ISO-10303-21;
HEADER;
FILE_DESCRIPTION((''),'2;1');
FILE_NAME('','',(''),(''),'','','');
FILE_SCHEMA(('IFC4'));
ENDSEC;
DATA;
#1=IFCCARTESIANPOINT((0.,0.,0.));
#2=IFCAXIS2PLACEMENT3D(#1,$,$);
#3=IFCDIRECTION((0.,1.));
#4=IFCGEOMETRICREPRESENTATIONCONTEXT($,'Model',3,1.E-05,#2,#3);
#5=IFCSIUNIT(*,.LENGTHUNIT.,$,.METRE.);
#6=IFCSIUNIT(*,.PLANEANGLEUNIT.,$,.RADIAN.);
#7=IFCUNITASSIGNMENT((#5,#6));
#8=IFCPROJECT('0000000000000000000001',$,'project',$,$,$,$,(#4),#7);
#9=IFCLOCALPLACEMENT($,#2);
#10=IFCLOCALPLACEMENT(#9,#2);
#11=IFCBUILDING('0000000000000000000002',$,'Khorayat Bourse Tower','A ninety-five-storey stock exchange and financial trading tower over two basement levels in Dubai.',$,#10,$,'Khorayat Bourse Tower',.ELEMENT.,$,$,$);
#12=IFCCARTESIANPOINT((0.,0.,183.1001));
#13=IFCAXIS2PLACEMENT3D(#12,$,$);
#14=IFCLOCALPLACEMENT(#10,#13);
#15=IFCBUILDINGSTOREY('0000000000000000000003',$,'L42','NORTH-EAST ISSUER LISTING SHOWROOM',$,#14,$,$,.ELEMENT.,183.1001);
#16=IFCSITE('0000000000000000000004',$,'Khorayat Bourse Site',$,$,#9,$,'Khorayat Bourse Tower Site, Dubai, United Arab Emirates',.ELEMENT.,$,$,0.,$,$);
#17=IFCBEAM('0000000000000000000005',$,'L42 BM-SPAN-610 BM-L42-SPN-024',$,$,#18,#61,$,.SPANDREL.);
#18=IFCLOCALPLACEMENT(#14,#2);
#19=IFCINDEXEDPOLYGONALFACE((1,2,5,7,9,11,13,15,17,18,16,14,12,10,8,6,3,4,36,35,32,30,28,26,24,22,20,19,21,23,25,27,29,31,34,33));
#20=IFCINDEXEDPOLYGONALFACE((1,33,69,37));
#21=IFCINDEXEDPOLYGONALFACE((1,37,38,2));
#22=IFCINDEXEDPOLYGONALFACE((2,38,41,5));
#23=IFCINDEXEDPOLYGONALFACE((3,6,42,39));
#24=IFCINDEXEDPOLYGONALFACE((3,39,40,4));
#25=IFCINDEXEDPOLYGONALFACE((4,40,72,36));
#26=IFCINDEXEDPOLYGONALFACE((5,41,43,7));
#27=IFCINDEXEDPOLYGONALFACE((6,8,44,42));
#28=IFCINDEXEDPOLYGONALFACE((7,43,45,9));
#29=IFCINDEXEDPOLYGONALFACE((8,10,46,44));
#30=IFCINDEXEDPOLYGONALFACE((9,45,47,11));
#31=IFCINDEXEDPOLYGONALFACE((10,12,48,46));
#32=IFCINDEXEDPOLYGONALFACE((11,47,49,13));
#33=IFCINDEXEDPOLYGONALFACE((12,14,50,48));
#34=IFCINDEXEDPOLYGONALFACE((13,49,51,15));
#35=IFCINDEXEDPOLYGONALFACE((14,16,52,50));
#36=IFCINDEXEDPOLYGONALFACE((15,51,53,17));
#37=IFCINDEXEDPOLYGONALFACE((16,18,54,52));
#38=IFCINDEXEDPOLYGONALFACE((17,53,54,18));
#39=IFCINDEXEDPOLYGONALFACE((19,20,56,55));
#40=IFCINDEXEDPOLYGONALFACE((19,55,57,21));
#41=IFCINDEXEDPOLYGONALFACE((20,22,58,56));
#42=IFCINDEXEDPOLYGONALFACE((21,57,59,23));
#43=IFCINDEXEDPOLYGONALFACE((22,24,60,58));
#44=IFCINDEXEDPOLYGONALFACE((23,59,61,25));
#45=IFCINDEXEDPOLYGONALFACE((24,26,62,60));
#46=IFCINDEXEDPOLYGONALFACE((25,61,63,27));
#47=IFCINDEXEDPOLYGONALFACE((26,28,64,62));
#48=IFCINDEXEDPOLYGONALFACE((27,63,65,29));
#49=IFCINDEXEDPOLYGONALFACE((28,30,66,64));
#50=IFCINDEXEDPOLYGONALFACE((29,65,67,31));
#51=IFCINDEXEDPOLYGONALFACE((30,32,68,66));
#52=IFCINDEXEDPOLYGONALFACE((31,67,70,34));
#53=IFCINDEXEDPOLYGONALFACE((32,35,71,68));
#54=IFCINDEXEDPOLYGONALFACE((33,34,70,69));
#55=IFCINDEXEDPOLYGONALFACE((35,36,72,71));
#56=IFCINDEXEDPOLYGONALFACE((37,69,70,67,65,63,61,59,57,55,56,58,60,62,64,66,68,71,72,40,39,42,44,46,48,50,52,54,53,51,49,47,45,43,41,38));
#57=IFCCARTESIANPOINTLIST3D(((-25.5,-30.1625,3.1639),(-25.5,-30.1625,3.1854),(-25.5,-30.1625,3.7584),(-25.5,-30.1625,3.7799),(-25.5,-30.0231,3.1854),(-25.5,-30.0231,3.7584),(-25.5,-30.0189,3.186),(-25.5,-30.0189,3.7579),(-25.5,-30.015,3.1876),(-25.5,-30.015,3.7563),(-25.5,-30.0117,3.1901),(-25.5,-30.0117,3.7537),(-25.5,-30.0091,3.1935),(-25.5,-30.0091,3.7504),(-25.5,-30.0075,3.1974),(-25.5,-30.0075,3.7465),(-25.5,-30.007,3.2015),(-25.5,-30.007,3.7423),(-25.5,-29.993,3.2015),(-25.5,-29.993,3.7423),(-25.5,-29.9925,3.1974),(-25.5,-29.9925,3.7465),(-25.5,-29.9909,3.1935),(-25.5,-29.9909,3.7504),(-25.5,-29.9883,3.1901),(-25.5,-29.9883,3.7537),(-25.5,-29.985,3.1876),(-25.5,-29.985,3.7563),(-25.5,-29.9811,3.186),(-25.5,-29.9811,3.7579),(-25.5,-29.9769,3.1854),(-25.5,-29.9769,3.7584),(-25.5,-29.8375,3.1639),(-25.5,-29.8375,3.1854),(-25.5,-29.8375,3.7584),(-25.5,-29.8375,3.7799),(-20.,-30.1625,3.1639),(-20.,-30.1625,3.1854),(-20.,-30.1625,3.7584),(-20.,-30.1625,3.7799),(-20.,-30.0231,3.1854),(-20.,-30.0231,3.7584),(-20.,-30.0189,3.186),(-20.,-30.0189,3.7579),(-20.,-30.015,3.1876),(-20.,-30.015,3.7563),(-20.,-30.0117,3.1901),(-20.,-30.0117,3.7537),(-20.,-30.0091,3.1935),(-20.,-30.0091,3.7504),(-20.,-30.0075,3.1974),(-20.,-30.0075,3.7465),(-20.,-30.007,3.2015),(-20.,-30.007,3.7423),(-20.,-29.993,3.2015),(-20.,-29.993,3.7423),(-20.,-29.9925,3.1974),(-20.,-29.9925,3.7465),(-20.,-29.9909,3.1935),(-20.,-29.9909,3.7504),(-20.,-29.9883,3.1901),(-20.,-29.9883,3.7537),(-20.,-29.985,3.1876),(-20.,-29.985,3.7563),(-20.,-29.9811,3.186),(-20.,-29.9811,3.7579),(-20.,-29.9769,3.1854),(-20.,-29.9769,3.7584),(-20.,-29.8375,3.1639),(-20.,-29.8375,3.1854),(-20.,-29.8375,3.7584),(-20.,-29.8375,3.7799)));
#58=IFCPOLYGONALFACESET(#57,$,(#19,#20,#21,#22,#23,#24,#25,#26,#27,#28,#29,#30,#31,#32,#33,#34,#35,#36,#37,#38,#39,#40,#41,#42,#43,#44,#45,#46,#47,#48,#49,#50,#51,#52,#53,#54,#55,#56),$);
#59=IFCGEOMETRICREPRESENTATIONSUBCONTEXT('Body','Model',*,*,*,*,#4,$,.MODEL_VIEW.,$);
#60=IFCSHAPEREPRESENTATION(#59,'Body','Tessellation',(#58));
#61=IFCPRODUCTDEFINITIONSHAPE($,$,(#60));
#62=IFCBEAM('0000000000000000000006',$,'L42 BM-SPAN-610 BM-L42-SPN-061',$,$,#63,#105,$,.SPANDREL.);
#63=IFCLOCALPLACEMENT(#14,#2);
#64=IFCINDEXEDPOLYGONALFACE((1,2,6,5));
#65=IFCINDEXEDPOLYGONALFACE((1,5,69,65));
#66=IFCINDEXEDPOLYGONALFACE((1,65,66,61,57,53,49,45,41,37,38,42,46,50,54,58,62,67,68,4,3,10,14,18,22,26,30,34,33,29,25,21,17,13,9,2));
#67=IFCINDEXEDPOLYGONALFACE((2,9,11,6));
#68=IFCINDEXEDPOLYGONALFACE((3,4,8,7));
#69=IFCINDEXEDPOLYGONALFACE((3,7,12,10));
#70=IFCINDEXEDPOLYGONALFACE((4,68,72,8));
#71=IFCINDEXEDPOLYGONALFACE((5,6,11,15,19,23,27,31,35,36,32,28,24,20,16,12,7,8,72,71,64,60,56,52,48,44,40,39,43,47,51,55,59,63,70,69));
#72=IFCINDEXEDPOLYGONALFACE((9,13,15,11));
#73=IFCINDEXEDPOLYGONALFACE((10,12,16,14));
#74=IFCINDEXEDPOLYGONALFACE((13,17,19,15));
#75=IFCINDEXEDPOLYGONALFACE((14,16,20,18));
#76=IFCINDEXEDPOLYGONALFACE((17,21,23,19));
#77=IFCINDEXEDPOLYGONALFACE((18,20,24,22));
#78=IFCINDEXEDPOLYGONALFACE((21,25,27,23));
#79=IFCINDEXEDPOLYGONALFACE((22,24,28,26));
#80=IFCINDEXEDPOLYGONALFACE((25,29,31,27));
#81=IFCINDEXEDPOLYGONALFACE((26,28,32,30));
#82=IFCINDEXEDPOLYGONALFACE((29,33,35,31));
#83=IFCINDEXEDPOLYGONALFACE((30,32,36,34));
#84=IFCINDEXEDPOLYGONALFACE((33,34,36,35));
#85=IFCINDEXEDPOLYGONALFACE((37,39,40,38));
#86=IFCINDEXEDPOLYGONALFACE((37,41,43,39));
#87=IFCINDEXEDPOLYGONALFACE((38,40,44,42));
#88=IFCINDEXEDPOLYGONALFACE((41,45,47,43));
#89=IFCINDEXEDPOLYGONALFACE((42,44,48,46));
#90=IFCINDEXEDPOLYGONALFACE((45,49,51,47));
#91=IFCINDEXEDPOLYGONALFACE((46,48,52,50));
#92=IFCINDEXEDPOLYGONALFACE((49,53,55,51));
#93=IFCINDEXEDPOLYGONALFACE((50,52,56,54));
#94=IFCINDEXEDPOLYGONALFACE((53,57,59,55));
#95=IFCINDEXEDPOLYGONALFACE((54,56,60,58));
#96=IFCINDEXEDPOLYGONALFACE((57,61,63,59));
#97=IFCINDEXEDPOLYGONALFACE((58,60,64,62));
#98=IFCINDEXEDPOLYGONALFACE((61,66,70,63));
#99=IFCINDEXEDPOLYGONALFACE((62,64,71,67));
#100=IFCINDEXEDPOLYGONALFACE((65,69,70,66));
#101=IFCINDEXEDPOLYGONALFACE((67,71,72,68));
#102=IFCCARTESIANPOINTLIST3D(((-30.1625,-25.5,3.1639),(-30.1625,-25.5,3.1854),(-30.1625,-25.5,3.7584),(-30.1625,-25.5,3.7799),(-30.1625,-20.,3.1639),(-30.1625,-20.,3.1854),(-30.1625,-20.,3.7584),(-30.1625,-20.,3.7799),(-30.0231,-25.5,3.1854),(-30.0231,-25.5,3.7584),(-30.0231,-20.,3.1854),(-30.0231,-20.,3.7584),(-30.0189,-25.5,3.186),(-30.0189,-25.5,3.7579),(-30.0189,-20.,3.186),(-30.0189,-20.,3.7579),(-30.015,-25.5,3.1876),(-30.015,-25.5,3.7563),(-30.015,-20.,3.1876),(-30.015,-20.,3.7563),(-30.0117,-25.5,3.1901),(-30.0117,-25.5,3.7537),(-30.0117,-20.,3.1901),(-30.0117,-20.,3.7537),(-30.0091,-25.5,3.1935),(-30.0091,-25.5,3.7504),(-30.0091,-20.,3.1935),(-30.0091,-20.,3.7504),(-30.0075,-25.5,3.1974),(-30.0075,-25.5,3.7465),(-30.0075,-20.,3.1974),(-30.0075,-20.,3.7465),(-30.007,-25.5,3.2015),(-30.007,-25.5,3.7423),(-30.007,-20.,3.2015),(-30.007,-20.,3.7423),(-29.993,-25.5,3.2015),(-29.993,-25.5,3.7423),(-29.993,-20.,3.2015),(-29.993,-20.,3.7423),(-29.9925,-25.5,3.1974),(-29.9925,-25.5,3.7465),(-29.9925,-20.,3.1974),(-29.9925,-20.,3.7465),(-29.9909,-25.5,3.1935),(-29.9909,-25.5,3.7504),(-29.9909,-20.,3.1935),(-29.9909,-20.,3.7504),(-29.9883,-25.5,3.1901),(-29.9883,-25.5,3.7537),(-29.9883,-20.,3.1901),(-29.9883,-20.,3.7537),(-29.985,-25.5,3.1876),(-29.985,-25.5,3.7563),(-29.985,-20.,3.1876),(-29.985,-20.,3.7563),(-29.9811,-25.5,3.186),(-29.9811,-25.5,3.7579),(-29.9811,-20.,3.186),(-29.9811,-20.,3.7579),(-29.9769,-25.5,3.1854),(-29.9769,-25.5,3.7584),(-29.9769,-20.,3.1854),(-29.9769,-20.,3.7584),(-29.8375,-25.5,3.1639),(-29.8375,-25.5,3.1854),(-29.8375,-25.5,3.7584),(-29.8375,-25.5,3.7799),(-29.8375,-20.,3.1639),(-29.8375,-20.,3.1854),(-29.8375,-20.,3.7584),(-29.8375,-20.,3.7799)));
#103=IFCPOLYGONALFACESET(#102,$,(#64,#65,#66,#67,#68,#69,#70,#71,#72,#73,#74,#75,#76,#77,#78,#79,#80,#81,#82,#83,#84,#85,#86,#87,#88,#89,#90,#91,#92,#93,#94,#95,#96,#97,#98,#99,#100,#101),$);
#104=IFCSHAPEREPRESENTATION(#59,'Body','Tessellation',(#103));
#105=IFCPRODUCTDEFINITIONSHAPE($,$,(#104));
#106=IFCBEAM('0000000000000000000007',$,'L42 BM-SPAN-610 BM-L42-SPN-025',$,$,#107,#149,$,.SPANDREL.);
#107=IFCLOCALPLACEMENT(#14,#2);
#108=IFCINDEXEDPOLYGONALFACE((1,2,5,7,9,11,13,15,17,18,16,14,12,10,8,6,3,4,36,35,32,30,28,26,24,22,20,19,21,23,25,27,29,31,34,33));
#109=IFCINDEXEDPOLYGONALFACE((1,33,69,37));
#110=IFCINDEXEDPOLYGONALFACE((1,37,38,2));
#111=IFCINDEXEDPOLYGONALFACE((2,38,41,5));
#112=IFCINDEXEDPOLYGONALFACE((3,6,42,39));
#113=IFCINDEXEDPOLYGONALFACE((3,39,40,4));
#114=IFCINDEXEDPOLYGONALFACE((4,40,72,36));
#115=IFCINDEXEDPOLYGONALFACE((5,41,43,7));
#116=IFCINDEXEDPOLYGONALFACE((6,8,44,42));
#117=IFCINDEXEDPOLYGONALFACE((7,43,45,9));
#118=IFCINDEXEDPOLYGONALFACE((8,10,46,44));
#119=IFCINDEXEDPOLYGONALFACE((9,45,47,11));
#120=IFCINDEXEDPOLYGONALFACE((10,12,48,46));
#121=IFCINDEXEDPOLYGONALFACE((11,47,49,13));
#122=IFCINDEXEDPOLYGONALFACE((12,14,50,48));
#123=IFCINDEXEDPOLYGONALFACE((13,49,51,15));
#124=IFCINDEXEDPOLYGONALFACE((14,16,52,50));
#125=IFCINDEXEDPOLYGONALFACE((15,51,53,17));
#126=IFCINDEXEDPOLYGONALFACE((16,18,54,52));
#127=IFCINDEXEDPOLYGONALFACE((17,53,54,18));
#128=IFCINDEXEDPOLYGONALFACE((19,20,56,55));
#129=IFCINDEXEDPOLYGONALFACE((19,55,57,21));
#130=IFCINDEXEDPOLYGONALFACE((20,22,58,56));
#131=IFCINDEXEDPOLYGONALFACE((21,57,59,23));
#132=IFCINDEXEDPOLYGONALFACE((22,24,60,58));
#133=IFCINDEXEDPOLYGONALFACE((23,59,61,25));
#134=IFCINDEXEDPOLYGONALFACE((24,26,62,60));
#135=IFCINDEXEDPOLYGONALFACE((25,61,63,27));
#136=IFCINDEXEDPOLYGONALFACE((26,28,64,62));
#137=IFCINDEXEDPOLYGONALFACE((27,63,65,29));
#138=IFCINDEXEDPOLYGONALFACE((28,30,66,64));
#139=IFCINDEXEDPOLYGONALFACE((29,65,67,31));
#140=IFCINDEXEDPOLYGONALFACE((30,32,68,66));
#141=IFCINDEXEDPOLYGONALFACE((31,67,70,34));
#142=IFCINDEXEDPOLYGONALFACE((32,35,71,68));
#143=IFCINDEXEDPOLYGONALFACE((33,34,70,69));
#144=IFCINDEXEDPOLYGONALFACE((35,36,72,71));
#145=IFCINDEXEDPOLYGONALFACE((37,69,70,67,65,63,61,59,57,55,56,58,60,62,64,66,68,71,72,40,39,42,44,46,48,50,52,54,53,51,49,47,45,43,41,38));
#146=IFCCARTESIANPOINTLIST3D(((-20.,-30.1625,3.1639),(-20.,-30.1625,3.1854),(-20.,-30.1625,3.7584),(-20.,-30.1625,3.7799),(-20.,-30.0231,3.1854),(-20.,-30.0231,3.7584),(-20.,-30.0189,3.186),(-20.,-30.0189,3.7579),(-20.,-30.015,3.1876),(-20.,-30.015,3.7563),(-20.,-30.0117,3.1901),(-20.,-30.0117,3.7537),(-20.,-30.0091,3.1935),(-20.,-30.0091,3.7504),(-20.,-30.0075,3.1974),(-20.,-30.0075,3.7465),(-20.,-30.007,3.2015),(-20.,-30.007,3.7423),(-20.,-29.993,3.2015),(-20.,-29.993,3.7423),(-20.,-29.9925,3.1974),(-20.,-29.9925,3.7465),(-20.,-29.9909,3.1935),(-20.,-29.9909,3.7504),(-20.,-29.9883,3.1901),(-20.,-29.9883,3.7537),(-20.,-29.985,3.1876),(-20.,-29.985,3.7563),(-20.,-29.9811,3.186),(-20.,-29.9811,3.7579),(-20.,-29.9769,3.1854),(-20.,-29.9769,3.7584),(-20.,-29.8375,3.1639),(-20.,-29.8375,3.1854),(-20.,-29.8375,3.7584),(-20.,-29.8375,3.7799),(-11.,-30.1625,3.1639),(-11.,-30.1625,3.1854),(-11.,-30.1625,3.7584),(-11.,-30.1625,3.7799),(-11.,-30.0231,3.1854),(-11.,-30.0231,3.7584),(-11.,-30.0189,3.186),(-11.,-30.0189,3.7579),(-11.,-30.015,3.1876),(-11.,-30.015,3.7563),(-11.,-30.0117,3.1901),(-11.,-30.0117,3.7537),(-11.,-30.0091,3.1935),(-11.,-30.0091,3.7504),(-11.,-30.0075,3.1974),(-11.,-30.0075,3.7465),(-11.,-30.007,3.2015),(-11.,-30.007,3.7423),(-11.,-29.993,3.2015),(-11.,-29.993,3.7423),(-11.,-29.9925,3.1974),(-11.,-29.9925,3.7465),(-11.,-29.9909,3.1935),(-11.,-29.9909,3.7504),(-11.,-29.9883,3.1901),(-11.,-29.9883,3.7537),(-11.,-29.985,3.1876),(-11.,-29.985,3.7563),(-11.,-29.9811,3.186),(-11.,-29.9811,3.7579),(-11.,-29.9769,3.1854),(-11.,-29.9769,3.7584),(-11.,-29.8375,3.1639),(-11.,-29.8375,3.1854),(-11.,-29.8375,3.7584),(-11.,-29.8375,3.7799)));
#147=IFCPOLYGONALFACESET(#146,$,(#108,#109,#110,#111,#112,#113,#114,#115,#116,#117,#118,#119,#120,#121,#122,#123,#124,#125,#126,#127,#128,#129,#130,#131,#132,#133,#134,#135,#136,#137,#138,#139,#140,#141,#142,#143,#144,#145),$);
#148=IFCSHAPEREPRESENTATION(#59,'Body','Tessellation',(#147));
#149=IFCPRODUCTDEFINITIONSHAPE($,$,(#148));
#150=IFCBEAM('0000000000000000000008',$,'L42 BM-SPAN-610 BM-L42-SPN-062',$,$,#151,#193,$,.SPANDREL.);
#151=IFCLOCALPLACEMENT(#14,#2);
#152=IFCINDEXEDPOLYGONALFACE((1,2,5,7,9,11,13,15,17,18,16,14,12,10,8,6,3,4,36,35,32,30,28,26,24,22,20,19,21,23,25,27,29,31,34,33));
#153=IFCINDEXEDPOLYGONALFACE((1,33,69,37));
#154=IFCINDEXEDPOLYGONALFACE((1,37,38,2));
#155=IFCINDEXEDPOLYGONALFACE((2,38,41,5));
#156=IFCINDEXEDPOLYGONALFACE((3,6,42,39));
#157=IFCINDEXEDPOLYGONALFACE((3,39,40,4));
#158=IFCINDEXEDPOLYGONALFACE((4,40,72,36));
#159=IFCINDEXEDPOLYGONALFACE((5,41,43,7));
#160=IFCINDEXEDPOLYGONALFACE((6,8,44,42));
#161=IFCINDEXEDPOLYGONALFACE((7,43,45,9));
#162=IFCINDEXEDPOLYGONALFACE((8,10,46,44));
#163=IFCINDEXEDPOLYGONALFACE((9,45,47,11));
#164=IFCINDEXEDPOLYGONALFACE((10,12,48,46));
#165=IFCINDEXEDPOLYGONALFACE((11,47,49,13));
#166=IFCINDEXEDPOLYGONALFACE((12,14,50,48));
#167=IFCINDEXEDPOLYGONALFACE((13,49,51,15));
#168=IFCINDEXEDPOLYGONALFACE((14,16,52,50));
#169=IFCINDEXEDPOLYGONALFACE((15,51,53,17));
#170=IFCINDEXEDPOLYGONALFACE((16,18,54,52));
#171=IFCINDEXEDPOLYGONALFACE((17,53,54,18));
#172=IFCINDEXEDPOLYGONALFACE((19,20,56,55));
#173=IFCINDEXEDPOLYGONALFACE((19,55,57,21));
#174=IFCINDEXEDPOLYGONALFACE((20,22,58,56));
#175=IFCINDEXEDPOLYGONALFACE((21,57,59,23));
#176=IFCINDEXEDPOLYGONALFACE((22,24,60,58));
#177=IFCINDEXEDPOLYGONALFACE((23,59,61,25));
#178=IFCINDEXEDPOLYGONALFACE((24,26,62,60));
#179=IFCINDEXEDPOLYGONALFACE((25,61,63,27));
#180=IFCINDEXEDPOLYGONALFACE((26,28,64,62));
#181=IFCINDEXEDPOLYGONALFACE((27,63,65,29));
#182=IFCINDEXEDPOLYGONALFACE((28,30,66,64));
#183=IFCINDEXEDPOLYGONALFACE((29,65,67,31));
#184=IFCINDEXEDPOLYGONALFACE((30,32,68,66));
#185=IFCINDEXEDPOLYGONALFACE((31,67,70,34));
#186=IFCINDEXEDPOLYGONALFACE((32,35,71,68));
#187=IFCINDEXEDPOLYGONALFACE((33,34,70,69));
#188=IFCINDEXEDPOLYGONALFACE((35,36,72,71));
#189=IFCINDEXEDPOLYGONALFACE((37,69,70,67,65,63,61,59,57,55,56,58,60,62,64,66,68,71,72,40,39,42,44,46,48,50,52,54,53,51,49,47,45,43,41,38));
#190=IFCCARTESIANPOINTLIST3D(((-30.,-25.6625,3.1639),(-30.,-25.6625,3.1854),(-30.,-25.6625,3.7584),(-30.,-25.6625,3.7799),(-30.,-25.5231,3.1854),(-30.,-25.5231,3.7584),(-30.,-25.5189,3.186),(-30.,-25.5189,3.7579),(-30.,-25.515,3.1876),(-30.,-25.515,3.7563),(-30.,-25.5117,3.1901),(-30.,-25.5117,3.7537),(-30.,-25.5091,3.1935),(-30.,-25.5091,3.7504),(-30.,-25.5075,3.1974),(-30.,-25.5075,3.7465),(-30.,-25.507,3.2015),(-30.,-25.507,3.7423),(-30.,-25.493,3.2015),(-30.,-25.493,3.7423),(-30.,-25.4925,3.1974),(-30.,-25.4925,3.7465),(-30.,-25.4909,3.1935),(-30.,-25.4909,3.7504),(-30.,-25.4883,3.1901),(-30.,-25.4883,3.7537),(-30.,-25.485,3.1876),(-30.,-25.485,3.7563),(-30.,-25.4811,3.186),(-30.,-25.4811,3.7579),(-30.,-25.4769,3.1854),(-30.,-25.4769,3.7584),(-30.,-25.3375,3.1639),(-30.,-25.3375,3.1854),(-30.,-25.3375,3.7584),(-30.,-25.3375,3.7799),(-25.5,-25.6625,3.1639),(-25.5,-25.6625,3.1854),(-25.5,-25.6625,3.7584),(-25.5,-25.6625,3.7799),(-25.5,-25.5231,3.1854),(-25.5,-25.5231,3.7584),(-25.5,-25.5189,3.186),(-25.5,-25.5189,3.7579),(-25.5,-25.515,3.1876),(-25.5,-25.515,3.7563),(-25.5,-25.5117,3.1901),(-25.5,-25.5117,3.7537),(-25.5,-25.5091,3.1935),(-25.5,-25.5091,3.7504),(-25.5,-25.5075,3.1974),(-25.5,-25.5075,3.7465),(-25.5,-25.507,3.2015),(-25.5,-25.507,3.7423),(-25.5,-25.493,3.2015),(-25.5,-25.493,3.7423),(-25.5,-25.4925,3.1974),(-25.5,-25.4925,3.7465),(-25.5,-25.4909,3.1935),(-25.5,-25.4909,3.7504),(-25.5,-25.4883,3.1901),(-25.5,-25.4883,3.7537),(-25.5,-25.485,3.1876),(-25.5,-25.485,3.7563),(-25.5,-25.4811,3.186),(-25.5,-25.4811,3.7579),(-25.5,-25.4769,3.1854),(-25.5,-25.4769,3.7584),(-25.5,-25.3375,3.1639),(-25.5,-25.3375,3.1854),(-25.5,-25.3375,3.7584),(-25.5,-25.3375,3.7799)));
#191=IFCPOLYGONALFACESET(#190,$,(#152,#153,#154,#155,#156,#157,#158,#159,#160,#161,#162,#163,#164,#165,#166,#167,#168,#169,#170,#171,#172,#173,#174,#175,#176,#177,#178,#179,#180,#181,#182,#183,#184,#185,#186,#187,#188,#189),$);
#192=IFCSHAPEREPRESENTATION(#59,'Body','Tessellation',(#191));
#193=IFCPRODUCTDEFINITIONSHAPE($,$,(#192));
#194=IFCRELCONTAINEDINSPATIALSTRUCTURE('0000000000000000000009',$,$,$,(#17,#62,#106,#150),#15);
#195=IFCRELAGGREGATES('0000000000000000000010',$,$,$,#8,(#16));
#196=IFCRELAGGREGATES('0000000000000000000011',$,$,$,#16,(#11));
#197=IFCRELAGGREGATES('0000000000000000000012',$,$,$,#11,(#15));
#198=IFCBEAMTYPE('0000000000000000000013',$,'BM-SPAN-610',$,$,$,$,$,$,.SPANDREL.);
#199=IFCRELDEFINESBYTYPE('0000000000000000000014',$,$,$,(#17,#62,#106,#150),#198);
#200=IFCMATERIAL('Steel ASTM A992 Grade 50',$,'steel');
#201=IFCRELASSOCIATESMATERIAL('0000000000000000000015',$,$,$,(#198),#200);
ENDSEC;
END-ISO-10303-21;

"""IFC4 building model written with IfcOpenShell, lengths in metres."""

from ifc_helpers import new_model, si_unit, direction, frame, origin, origin_2d, place, context, subcontext, project, spatial, i_section, extrude, source, transform, mapped, material, material_profile, profile_set, type_object, element, save


model = new_model("IFC4")

# Units and contexts
model_context = context("Model", 3, precision=1e-05, world=origin(), true_north=direction((0.0, 1.0)))
body_context = subcontext(model_context, "Body", "Model", "MODEL_VIEW")
ifc_project = project(units=[si_unit("LENGTHUNIT", "METRE"), si_unit("PLANEANGLEUNIT", "RADIAN")], contexts=[model_context])

# Site, building, storey
site_placement = place(None, origin())
site = spatial("IfcSite", under=ifc_project, at=site_placement, Name="Khorayat Bourse Site", LongName="Khorayat Bourse Tower Site, Dubai, United Arab Emirates", CompositionType="ELEMENT", RefElevation=0.0)
building_placement = place(site_placement, origin())
building = spatial("IfcBuilding", under=site, at=building_placement, Name="Khorayat Bourse Tower", Description="A ninety-five-storey stock exchange and financial trading tower over two basement levels in Dubai.", LongName="Khorayat Bourse Tower", CompositionType="ELEMENT")
storey_placement = place(building_placement, frame((0.0, 0.0, 183.1001)))
storey = spatial("IfcBuildingStorey", under=building, at=storey_placement, Name="L42", Description="NORTH-EAST ISSUER LISTING SHOWROOM", CompositionType="ELEMENT", Elevation=183.1001)

# Beams
ifc_material_1 = material(Name="Steel ASTM A992 Grade 50", Category="steel")
ifc_material_profile_1 = material_profile(ifc_material_1, i_section(OverallWidth=0.325, OverallDepth=0.616, WebThickness=0.0139, FlangeThickness=0.0215, FilletRadius=0.0161, at=origin_2d()), Name="W610X174")
ifc_profile_set_1 = profile_set([ifc_material_profile_1], Name="Steel ASTM A992 Grade 50")
beam_type_1 = type_object("IfcBeamType", Name="BM-SPAN-610", PredefinedType="SPANDREL", material=ifc_profile_set_1)
shared_shape_1 = source(origin(), body_context, "Body", "SweptSolid", [
    extrude(i_section(OverallWidth=0.325, OverallDepth=0.616, WebThickness=0.0139, FlangeThickness=0.0215, FilletRadius=0.0161, at=origin_2d()), origin(), (0.0, 0.0, 1.0), 5.5),
])
for number, where, z_axis, x_axis, name in (
    (1, (-25.5, -30.0, 3.4719), (1.0, 0.0, 0.0), (0.0, 1.0, 0.0), "L42 BM-SPAN-610 BM-L42-SPN-024"),
    (2, (-30.0, -25.5, 3.4719), (0.0, 1.0, 0.0), (-1.0, 0.0, 0.0), "L42 BM-SPAN-610 BM-L42-SPN-061"),
):
    element("IfcBeam", number, at=place(storey_placement, frame(where, z_axis=z_axis, x_axis=x_axis)), inside=storey, type_object=beam_type_1, Name=name, PredefinedType="SPANDREL", context=body_context, shape_type="MappedRepresentation", body=[
        mapped(shared_shape_1, transform((0.0, 0.0, 0.0), scale=1.0)),
    ])
shared_shape_2 = source(origin(), body_context, "Body", "SweptSolid", [
    extrude(i_section(OverallWidth=0.325, OverallDepth=0.616, WebThickness=0.0139, FlangeThickness=0.0215, FilletRadius=0.0161, at=origin_2d()), origin(), (0.0, 0.0, 1.0), 9.0),
])
beam_1_placement = place(storey_placement, frame((-20.0, -30.0, 3.4719), z_axis=(1.0, 0.0, 0.0), x_axis=(0.0, 1.0, 0.0)))
element("IfcBeam", 3, at=beam_1_placement, inside=storey, type_object=beam_type_1, Name="L42 BM-SPAN-610 BM-L42-SPN-025", PredefinedType="SPANDREL", context=body_context, shape_type="MappedRepresentation", body=[
    mapped(shared_shape_2, transform((0.0, 0.0, 0.0), scale=1.0)),
])
shared_shape_3 = source(origin(), body_context, "Body", "SweptSolid", [
    extrude(i_section(OverallWidth=0.325, OverallDepth=0.616, WebThickness=0.0139, FlangeThickness=0.0215, FilletRadius=0.0161, at=origin_2d()), origin(), (0.0, 0.0, 1.0), 4.5),
])
for number, where, z_axis, x_axis, name in (
    (4, (-30.0, -25.5, 3.4719), (1.0, 0.0, 0.0), (0.0, 1.0, 0.0), "L42 BM-SPAN-610 BM-L42-SPN-062"),
):
    element("IfcBeam", number, at=place(storey_placement, frame(where, z_axis=z_axis, x_axis=x_axis)), inside=storey, type_object=beam_type_1, Name=name, PredefinedType="SPANDREL", context=body_context, shape_type="MappedRepresentation", body=[
        mapped(shared_shape_3, transform((0.0, 0.0, 0.0), scale=1.0)),
    ])

save(model, "model.ifc")
